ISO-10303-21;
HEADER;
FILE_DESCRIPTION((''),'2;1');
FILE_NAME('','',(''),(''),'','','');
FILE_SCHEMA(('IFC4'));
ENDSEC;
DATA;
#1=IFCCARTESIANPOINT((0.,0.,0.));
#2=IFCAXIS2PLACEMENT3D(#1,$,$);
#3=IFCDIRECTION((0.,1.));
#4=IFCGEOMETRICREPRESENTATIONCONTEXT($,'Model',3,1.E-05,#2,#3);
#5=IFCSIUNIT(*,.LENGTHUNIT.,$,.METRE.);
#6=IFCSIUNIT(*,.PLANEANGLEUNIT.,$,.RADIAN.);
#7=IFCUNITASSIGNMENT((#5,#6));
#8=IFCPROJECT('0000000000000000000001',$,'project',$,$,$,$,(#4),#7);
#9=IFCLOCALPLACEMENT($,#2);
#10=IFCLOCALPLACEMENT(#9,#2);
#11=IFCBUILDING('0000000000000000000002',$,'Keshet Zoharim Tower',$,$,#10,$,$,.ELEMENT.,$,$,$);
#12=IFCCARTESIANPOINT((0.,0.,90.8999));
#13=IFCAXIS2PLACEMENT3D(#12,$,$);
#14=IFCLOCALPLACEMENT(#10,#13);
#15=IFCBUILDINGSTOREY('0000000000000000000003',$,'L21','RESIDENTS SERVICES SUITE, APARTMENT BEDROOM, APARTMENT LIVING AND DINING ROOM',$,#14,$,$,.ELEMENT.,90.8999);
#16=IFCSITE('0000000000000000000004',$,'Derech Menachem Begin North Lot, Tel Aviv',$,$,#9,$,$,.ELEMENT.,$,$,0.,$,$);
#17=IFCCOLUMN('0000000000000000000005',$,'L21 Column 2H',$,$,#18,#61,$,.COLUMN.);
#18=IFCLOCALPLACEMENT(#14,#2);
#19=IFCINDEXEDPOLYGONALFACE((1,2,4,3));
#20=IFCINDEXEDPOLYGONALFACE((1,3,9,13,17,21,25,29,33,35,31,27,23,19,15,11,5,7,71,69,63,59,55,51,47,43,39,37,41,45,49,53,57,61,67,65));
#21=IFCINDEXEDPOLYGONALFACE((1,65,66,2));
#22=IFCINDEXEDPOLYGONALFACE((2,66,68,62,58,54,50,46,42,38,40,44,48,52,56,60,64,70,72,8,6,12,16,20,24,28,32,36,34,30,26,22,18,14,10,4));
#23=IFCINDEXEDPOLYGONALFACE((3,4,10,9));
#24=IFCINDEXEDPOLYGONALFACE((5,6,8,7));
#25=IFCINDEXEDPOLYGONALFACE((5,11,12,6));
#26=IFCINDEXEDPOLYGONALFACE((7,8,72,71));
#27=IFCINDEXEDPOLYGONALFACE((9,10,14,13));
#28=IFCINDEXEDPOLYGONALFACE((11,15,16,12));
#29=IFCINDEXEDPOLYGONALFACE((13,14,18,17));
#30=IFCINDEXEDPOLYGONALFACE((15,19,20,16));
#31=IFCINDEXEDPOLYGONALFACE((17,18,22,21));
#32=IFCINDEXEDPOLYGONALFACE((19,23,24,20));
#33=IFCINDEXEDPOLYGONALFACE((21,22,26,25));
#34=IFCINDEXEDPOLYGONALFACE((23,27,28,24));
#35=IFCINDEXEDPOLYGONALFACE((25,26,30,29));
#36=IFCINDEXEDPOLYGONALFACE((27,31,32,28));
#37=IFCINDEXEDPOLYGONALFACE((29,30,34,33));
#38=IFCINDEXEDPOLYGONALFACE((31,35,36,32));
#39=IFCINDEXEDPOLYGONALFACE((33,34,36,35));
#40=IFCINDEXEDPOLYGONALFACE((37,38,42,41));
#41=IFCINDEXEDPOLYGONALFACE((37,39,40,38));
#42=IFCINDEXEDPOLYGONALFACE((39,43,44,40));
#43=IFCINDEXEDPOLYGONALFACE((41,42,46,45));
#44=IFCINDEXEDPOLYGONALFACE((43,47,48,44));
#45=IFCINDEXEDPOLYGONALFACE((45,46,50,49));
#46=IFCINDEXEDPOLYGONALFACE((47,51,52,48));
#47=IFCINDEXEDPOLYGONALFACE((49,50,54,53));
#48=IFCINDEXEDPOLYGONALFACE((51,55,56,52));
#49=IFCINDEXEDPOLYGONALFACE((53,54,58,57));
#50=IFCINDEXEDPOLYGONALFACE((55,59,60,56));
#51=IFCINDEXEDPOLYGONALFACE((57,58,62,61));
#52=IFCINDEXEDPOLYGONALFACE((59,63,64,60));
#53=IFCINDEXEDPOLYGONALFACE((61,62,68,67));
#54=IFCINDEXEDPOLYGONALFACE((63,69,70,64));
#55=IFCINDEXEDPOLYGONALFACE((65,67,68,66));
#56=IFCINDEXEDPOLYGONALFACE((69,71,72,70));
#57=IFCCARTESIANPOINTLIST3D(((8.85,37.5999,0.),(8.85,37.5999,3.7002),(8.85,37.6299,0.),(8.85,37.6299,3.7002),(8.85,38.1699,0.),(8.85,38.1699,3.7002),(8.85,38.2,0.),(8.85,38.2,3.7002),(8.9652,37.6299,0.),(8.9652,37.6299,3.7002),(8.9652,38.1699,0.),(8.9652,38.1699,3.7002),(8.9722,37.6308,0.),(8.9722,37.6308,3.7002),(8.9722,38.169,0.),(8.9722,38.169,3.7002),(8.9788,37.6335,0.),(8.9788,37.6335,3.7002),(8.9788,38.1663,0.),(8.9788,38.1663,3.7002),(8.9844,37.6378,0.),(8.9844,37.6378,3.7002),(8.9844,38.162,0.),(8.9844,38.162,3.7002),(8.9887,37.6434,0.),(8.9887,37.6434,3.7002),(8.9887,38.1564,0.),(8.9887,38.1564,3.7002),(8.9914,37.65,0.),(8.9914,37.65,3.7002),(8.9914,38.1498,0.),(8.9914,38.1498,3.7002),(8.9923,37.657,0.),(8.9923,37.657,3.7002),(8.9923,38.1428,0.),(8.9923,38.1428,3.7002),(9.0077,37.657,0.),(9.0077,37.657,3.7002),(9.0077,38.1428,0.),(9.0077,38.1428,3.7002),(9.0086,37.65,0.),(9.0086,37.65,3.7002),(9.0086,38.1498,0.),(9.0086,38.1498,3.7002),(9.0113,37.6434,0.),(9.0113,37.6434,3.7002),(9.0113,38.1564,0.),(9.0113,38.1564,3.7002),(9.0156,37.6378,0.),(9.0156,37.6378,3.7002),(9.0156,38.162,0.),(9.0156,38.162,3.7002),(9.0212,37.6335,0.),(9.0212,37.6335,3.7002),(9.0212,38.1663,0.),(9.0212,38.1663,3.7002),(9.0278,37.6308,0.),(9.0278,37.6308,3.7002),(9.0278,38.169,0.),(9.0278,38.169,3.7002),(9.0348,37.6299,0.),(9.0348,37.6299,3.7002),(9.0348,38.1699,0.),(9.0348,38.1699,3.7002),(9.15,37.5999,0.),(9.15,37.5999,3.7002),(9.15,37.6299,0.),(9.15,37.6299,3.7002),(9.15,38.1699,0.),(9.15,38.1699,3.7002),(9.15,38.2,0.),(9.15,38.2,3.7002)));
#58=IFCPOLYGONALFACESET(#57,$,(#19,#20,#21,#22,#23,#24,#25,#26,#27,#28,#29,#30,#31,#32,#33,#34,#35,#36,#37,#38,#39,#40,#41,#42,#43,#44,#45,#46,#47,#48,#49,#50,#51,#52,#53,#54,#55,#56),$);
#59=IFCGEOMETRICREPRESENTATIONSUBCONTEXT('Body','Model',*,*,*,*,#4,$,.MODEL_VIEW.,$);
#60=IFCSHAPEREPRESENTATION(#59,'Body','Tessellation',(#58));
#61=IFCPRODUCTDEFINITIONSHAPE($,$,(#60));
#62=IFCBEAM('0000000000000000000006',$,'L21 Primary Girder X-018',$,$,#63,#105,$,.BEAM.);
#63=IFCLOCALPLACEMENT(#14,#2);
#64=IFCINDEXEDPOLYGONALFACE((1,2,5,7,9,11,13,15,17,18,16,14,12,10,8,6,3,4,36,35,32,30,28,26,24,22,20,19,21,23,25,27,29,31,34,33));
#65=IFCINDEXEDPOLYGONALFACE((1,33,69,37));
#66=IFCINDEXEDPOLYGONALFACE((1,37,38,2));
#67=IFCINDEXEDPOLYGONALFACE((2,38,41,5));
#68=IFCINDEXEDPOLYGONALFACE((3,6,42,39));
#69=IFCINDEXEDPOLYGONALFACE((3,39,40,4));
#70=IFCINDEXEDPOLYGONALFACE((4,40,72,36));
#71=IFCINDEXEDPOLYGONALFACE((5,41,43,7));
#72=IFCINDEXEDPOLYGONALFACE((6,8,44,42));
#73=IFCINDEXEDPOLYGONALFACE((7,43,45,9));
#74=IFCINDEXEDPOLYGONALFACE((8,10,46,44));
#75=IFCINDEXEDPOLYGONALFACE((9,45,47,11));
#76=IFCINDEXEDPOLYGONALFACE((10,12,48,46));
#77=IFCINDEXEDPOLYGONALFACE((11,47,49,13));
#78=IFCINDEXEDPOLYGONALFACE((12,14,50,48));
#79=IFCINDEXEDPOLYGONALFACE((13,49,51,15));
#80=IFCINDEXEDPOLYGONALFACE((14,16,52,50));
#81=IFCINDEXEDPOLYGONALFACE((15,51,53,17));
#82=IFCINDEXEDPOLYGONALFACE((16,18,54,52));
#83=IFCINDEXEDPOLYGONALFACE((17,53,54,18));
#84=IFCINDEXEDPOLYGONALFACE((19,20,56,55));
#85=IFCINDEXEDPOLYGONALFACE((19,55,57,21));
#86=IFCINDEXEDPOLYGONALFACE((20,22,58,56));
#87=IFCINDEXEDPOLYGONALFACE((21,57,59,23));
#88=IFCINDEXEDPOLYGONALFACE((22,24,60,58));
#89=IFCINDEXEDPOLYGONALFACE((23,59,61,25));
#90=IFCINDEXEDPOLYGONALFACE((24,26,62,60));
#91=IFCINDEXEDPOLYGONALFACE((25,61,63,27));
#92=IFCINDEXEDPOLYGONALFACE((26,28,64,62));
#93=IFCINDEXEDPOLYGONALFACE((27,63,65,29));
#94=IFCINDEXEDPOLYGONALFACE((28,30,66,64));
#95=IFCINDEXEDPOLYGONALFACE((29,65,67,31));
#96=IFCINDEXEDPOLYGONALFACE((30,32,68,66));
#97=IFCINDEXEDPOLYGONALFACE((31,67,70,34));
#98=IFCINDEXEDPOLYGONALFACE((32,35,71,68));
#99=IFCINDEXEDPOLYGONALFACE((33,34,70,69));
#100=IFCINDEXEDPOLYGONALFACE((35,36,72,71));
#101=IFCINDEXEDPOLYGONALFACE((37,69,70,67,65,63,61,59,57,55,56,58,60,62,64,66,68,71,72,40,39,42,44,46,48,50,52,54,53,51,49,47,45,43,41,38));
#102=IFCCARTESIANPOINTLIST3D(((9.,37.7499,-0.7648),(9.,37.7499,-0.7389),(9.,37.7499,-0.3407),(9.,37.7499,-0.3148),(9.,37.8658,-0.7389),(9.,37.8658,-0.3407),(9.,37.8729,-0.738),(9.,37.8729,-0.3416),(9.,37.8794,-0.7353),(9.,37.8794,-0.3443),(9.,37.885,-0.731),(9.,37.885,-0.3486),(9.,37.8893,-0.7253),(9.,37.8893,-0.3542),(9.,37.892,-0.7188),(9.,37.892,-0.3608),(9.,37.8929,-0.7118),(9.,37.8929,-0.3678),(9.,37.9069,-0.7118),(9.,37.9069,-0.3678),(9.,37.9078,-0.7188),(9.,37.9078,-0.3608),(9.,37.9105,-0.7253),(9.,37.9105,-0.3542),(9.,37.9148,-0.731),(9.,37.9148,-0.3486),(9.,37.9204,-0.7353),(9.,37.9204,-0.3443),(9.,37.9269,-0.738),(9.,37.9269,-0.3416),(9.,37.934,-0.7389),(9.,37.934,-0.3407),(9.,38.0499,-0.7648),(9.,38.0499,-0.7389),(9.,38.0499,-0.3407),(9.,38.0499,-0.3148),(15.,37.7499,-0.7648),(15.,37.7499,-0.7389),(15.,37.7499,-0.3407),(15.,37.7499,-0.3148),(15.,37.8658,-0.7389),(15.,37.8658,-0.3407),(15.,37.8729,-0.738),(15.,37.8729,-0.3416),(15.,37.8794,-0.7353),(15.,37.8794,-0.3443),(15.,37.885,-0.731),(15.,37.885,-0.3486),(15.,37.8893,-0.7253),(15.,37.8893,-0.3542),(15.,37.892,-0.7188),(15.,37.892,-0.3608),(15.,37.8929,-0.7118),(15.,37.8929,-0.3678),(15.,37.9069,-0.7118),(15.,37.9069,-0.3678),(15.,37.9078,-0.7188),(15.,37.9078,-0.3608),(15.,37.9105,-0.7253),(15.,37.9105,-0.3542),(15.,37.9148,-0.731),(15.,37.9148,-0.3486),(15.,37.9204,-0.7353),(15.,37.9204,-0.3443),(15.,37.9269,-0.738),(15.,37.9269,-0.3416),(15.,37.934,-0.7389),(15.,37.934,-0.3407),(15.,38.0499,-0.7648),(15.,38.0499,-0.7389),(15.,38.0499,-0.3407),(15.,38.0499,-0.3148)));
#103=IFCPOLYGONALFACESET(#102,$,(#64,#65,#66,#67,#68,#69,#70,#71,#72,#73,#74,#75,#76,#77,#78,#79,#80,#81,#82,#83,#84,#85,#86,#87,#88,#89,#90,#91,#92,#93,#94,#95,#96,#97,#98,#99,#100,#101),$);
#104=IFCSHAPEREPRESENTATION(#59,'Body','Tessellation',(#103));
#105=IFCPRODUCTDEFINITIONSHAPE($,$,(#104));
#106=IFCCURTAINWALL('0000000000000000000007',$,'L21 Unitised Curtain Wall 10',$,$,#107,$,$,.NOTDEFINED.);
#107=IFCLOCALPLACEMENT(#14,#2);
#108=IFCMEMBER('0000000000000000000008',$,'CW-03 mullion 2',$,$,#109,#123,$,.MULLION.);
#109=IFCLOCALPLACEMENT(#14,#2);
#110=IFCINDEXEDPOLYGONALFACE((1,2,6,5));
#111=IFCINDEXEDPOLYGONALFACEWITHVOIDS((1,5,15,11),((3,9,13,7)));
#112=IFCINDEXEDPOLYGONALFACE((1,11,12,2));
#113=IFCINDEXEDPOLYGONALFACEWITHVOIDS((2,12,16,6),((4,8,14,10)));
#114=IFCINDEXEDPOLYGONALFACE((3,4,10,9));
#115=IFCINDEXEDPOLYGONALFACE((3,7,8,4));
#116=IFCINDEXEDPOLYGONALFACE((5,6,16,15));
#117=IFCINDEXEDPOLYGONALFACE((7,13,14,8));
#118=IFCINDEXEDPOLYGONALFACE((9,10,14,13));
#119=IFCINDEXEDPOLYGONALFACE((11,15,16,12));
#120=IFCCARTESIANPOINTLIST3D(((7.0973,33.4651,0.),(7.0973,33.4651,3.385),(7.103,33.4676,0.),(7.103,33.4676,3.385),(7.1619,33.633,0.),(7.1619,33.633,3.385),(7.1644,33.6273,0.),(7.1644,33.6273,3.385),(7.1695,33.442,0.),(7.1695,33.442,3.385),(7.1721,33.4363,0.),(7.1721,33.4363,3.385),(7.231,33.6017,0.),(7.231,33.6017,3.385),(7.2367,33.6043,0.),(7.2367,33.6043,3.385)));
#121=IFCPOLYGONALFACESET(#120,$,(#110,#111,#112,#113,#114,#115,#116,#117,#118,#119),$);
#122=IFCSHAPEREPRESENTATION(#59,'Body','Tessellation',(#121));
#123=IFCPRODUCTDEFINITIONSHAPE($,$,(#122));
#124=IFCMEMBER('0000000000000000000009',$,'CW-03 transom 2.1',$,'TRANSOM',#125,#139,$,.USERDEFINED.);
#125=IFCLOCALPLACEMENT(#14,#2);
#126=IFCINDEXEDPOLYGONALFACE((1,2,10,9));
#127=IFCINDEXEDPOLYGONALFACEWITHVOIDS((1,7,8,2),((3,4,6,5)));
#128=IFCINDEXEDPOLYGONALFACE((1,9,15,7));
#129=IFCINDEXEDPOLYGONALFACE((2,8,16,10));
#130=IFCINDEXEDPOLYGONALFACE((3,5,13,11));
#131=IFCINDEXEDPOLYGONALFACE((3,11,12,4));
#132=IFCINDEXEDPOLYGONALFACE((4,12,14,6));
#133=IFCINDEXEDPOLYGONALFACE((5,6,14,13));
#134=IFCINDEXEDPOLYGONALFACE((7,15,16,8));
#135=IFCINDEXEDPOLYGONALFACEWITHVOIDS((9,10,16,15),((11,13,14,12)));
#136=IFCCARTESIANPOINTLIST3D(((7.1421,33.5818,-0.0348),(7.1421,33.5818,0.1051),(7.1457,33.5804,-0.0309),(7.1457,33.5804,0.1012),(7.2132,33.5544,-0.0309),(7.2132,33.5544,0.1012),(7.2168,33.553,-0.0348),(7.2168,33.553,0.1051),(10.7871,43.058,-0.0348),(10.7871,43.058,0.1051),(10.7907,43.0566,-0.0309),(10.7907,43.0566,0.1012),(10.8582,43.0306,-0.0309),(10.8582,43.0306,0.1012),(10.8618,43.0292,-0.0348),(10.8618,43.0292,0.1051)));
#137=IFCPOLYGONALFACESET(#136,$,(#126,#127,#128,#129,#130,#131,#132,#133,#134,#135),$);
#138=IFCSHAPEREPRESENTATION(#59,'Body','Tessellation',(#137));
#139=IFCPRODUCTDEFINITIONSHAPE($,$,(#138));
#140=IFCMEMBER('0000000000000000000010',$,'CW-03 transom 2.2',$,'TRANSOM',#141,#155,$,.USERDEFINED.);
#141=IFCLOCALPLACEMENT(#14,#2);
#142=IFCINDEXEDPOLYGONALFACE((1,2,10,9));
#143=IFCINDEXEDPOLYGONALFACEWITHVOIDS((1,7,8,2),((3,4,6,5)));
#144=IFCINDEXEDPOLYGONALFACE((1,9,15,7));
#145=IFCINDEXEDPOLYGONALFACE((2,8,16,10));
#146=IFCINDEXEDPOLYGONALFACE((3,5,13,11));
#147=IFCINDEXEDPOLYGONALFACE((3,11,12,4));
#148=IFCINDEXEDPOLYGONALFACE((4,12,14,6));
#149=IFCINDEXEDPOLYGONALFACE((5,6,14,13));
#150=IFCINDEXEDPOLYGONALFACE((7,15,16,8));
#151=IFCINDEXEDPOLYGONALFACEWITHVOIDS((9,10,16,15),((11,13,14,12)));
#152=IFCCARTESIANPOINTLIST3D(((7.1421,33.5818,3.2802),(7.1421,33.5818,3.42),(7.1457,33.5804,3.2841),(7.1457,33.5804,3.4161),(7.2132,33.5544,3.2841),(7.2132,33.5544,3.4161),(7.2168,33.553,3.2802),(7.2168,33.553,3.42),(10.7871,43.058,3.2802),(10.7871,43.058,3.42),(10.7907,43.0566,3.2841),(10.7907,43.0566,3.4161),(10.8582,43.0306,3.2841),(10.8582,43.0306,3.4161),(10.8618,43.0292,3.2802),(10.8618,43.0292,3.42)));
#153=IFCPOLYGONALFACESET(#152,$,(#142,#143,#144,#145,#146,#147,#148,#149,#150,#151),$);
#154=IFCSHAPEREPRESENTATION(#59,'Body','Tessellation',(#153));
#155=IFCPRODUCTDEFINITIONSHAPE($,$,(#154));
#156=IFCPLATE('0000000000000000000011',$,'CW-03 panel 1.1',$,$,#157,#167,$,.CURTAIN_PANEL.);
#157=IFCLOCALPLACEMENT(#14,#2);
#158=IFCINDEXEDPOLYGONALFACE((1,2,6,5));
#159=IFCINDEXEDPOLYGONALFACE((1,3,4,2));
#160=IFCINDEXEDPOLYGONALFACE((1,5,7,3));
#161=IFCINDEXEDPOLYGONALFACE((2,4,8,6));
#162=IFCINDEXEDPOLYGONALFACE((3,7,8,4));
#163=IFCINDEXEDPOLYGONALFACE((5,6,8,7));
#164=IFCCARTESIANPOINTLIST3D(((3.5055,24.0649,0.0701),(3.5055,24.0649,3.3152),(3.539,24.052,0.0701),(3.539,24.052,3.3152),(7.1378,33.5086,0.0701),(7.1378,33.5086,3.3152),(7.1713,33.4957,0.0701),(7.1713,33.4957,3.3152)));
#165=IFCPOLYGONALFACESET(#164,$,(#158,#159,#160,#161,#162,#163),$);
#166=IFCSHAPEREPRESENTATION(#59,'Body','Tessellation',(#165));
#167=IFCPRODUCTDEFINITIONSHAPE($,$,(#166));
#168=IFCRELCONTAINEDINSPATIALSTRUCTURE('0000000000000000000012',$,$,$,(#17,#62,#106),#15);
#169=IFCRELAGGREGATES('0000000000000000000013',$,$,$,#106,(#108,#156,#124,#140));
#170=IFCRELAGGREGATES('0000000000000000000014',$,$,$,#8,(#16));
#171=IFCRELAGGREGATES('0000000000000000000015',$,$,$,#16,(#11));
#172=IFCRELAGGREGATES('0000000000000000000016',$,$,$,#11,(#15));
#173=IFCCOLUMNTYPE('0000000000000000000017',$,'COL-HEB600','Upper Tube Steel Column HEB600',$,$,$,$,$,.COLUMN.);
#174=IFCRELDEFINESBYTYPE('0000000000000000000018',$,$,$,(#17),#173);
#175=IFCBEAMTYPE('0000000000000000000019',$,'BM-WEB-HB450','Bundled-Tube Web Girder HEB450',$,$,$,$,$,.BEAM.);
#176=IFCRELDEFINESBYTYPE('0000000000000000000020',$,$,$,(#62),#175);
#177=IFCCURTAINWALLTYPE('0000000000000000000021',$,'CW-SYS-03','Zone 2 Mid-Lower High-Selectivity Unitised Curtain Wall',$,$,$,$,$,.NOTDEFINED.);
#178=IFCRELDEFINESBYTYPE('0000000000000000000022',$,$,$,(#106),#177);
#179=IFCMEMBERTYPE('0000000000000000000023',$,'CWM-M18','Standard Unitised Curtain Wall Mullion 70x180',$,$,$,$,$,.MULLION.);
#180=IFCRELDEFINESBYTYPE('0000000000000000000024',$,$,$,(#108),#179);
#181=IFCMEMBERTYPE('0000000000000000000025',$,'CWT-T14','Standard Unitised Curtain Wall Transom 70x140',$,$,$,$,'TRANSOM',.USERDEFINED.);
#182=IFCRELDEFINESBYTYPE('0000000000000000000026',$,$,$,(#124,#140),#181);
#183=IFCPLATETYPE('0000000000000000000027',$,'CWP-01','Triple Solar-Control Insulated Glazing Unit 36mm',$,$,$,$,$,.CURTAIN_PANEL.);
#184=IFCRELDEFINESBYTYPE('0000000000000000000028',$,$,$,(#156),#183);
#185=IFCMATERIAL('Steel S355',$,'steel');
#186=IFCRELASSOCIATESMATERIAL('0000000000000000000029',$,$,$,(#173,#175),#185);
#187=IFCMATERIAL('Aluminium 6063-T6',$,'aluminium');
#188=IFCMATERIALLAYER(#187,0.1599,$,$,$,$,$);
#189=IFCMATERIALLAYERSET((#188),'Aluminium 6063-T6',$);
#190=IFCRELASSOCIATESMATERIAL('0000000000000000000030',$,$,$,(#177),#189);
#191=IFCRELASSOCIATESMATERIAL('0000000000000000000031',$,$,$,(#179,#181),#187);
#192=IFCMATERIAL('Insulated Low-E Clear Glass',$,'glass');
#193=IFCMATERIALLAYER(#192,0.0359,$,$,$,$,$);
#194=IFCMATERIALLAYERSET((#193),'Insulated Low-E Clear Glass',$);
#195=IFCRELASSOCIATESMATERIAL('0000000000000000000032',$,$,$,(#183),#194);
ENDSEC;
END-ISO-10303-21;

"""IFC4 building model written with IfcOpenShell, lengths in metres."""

from ifc_helpers import new_model, si_unit, direction, frame, origin, origin_2d, place, context, subcontext, project, spatial, rectangle, hollow_rectangle, i_section, extrude, material, layer, layer_set, material_profile, profile_set, type_object, element, aggregate, save


model = new_model("IFC4")

# Units and contexts
model_context = context("Model", 3, precision=1e-05, world=origin(), true_north=direction((0.0, 1.0)))
body_context = subcontext(model_context, "Body", "Model", "MODEL_VIEW")
ifc_project = project(units=[si_unit("LENGTHUNIT", "METRE"), si_unit("PLANEANGLEUNIT", "RADIAN")], contexts=[model_context])

# Site, building, storey
site_placement = place(None, origin())
site = spatial("IfcSite", under=ifc_project, at=site_placement, Name="Derech Menachem Begin North Lot, Tel Aviv", CompositionType="ELEMENT", RefElevation=0.0)
building_placement = place(site_placement, origin())
building = spatial("IfcBuilding", under=site, at=building_placement, Name="Keshet Zoharim Tower", CompositionType="ELEMENT")
storey_placement = place(building_placement, frame((0.0, 0.0, 90.8999)))
storey = spatial("IfcBuildingStorey", under=building, at=storey_placement, Name="L21", Description="RESIDENTS SERVICES SUITE, APARTMENT BEDROOM, APARTMENT LIVING AND DINING ROOM", CompositionType="ELEMENT", Elevation=90.8999)

# Column
ifc_material_1 = material(Name="Steel S355", Category="steel")
ifc_material_profile_1 = material_profile(ifc_material_1, i_section(OverallWidth=0.3, OverallDepth=0.6001, WebThickness=0.0154, FlangeThickness=0.03, FilletRadius=0.0271, at=origin_2d()), Name="HEB600")
ifc_profile_set_1 = profile_set([ifc_material_profile_1], Name="Steel S355")
column_type = type_object("IfcColumnType", Name="COL-HEB600", Description="Upper Tube Steel Column HEB600", PredefinedType="COLUMN", material=ifc_profile_set_1)
column_placement = place(storey_placement, frame((9.0, 37.8999, 0.0), z_axis=(0.0, 0.0, 1.0), x_axis=(1.0, 0.0, 0.0)))
element("IfcColumn", 1, at=column_placement, inside=storey, type_object=column_type, Name="L21 Column 2H", PredefinedType="COLUMN", context=body_context, shape_type="SweptSolid", body=[
    extrude(i_section(OverallWidth=0.3, OverallDepth=0.6001, WebThickness=0.0154, FlangeThickness=0.03, FilletRadius=0.0271, at=origin_2d()), origin(), (0.0, 0.0, 1.0), 3.7002),
])

# Beam
ifc_material_profile_2 = material_profile(ifc_material_1, i_section(OverallWidth=0.3, OverallDepth=0.45, WebThickness=0.0139, FlangeThickness=0.0259, FilletRadius=0.0271, at=origin_2d()), Name="HEB450")
ifc_profile_set_2 = profile_set([ifc_material_profile_2], Name="Steel S355")
beam_type = type_object("IfcBeamType", Name="BM-WEB-HB450", Description="Bundled-Tube Web Girder HEB450", PredefinedType="BEAM", material=ifc_profile_set_2)
beam_placement = place(storey_placement, frame((9.0, 37.8999, -0.5398), z_axis=(1.0, 0.0, 0.0), x_axis=(0.0, 1.0, 0.0)))
element("IfcBeam", 2, at=beam_placement, inside=storey, type_object=beam_type, Name="L21 Primary Girder X-018", PredefinedType="BEAM", context=body_context, shape_type="SweptSolid", body=[
    extrude(i_section(OverallWidth=0.3, OverallDepth=0.45, WebThickness=0.0139, FlangeThickness=0.0259, FilletRadius=0.0271, at=origin_2d()), origin(), (0.0, 0.0, 1.0), 6.0),
])

# Curtain wall, members, plate
ifc_material_2 = material(Name="Aluminium 6063-T6", Category="aluminium")
ifc_layer_1 = layer(ifc_material_2, 0.1599)
ifc_layer_set_1 = layer_set([ifc_layer_1], Name="Aluminium 6063-T6")
curtain_wall_type = type_object("IfcCurtainWallType", Name="CW-SYS-03", Description="Zone 2 Mid-Lower High-Selectivity Unitised Curtain Wall", PredefinedType="NOTDEFINED", material=ifc_layer_set_1)
curtain_wall_placement = place(storey_placement, origin())
curtain_wall = element("IfcCurtainWall", 3, at=curtain_wall_placement, inside=storey, type_object=curtain_wall_type, Name="L21 Unitised Curtain Wall 10", PredefinedType="NOTDEFINED")
ifc_material_profile_3 = material_profile(ifc_material_2, hollow_rectangle(XDim=0.0801, YDim=0.1799, WallThickness=0.0044, at=origin_2d()), Name="MUL-80x180")
ifc_profile_set_3 = profile_set([ifc_material_profile_3], Name="Aluminium 6063-T6")
member_type_1 = type_object("IfcMemberType", Name="CWM-M18", Description="Standard Unitised Curtain Wall Mullion 70x180", PredefinedType="MULLION", material=ifc_profile_set_3)
member_1_placement = place(storey_placement, frame((7.167, 33.5347, 0.0), z_axis=(0.0, 0.0, 1.0), x_axis=(-0.933341, 0.35899, 0.0)))
member_1 = element("IfcMember", 4, at=member_1_placement, type_object=member_type_1, Name="CW-03 mullion 2", PredefinedType="MULLION", context=body_context, shape_type="SweptSolid", body=[
    extrude(hollow_rectangle(XDim=0.0801, YDim=0.1799, WallThickness=0.0044, at=origin_2d()), origin(), (0.0, 0.0, 1.0), 3.385),
])
ifc_material_profile_4 = material_profile(ifc_material_2, hollow_rectangle(XDim=0.0801, YDim=0.1399, WallThickness=0.0039, at=origin_2d()), Name="TRN-80x140")
ifc_profile_set_4 = profile_set([ifc_material_profile_4], Name="Aluminium 6063-T6")
member_type_2 = type_object("IfcMemberType", Name="CWT-T14", Description="Standard Unitised Curtain Wall Transom 70x140", ElementType="TRANSOM", PredefinedType="USERDEFINED", material=ifc_profile_set_4)
member_2_placement = place(storey_placement, frame((7.1794, 33.5674, 0.0352), z_axis=(0.359003, 0.933336, 0.0), x_axis=(-0.933336, 0.359003, 0.0)))
member_2 = element("IfcMember", 5, at=member_2_placement, type_object=member_type_2, Name="CW-03 transom 2.1", ObjectType="TRANSOM", PredefinedType="USERDEFINED", context=body_context, shape_type="SweptSolid", body=[
    extrude(hollow_rectangle(XDim=0.0801, YDim=0.1399, WallThickness=0.0039, at=origin_2d()), origin(), (0.0, 0.0, 1.0), 10.1531),
])
member_3_placement = place(storey_placement, frame((7.1794, 33.5674, 3.3501), z_axis=(0.359003, 0.933336, 0.0), x_axis=(-0.933336, 0.359003, 0.0)))
member_3 = element("IfcMember", 6, at=member_3_placement, type_object=member_type_2, Name="CW-03 transom 2.2", ObjectType="TRANSOM", PredefinedType="USERDEFINED", context=body_context, shape_type="SweptSolid", body=[
    extrude(hollow_rectangle(XDim=0.0801, YDim=0.1399, WallThickness=0.0039, at=origin_2d()), origin(), (0.0, 0.0, 1.0), 10.1531),
])
ifc_material_3 = material(Name="Insulated Low-E Clear Glass", Category="glass")
ifc_layer_2 = layer(ifc_material_3, 0.0359)
ifc_layer_set_2 = layer_set([ifc_layer_2], Name="Insulated Low-E Clear Glass")
plate_type = type_object("IfcPlateType", Name="CWP-01", Description="Triple Solar-Control Insulated Glazing Unit 36mm", PredefinedType="CURTAIN_PANEL", material=ifc_layer_set_2)
plate_placement = place(storey_placement, frame((5.3384, 28.7803, 0.0701), z_axis=(0.0, 0.0, 1.0), x_axis=(0.35899, 0.933341, 0.0)))
plate = element("IfcPlate", 7, at=plate_placement, type_object=plate_type, Name="CW-03 panel 1.1", PredefinedType="CURTAIN_PANEL", context=body_context, shape_type="SweptSolid", body=[
    extrude(rectangle(XDim=10.1182, YDim=0.0359, at=origin_2d()), origin(), (0.0, 0.0, 1.0), 3.2451),
])
aggregate(curtain_wall, [member_1, plate, member_2, member_3])

save(model, "model.ifc")
